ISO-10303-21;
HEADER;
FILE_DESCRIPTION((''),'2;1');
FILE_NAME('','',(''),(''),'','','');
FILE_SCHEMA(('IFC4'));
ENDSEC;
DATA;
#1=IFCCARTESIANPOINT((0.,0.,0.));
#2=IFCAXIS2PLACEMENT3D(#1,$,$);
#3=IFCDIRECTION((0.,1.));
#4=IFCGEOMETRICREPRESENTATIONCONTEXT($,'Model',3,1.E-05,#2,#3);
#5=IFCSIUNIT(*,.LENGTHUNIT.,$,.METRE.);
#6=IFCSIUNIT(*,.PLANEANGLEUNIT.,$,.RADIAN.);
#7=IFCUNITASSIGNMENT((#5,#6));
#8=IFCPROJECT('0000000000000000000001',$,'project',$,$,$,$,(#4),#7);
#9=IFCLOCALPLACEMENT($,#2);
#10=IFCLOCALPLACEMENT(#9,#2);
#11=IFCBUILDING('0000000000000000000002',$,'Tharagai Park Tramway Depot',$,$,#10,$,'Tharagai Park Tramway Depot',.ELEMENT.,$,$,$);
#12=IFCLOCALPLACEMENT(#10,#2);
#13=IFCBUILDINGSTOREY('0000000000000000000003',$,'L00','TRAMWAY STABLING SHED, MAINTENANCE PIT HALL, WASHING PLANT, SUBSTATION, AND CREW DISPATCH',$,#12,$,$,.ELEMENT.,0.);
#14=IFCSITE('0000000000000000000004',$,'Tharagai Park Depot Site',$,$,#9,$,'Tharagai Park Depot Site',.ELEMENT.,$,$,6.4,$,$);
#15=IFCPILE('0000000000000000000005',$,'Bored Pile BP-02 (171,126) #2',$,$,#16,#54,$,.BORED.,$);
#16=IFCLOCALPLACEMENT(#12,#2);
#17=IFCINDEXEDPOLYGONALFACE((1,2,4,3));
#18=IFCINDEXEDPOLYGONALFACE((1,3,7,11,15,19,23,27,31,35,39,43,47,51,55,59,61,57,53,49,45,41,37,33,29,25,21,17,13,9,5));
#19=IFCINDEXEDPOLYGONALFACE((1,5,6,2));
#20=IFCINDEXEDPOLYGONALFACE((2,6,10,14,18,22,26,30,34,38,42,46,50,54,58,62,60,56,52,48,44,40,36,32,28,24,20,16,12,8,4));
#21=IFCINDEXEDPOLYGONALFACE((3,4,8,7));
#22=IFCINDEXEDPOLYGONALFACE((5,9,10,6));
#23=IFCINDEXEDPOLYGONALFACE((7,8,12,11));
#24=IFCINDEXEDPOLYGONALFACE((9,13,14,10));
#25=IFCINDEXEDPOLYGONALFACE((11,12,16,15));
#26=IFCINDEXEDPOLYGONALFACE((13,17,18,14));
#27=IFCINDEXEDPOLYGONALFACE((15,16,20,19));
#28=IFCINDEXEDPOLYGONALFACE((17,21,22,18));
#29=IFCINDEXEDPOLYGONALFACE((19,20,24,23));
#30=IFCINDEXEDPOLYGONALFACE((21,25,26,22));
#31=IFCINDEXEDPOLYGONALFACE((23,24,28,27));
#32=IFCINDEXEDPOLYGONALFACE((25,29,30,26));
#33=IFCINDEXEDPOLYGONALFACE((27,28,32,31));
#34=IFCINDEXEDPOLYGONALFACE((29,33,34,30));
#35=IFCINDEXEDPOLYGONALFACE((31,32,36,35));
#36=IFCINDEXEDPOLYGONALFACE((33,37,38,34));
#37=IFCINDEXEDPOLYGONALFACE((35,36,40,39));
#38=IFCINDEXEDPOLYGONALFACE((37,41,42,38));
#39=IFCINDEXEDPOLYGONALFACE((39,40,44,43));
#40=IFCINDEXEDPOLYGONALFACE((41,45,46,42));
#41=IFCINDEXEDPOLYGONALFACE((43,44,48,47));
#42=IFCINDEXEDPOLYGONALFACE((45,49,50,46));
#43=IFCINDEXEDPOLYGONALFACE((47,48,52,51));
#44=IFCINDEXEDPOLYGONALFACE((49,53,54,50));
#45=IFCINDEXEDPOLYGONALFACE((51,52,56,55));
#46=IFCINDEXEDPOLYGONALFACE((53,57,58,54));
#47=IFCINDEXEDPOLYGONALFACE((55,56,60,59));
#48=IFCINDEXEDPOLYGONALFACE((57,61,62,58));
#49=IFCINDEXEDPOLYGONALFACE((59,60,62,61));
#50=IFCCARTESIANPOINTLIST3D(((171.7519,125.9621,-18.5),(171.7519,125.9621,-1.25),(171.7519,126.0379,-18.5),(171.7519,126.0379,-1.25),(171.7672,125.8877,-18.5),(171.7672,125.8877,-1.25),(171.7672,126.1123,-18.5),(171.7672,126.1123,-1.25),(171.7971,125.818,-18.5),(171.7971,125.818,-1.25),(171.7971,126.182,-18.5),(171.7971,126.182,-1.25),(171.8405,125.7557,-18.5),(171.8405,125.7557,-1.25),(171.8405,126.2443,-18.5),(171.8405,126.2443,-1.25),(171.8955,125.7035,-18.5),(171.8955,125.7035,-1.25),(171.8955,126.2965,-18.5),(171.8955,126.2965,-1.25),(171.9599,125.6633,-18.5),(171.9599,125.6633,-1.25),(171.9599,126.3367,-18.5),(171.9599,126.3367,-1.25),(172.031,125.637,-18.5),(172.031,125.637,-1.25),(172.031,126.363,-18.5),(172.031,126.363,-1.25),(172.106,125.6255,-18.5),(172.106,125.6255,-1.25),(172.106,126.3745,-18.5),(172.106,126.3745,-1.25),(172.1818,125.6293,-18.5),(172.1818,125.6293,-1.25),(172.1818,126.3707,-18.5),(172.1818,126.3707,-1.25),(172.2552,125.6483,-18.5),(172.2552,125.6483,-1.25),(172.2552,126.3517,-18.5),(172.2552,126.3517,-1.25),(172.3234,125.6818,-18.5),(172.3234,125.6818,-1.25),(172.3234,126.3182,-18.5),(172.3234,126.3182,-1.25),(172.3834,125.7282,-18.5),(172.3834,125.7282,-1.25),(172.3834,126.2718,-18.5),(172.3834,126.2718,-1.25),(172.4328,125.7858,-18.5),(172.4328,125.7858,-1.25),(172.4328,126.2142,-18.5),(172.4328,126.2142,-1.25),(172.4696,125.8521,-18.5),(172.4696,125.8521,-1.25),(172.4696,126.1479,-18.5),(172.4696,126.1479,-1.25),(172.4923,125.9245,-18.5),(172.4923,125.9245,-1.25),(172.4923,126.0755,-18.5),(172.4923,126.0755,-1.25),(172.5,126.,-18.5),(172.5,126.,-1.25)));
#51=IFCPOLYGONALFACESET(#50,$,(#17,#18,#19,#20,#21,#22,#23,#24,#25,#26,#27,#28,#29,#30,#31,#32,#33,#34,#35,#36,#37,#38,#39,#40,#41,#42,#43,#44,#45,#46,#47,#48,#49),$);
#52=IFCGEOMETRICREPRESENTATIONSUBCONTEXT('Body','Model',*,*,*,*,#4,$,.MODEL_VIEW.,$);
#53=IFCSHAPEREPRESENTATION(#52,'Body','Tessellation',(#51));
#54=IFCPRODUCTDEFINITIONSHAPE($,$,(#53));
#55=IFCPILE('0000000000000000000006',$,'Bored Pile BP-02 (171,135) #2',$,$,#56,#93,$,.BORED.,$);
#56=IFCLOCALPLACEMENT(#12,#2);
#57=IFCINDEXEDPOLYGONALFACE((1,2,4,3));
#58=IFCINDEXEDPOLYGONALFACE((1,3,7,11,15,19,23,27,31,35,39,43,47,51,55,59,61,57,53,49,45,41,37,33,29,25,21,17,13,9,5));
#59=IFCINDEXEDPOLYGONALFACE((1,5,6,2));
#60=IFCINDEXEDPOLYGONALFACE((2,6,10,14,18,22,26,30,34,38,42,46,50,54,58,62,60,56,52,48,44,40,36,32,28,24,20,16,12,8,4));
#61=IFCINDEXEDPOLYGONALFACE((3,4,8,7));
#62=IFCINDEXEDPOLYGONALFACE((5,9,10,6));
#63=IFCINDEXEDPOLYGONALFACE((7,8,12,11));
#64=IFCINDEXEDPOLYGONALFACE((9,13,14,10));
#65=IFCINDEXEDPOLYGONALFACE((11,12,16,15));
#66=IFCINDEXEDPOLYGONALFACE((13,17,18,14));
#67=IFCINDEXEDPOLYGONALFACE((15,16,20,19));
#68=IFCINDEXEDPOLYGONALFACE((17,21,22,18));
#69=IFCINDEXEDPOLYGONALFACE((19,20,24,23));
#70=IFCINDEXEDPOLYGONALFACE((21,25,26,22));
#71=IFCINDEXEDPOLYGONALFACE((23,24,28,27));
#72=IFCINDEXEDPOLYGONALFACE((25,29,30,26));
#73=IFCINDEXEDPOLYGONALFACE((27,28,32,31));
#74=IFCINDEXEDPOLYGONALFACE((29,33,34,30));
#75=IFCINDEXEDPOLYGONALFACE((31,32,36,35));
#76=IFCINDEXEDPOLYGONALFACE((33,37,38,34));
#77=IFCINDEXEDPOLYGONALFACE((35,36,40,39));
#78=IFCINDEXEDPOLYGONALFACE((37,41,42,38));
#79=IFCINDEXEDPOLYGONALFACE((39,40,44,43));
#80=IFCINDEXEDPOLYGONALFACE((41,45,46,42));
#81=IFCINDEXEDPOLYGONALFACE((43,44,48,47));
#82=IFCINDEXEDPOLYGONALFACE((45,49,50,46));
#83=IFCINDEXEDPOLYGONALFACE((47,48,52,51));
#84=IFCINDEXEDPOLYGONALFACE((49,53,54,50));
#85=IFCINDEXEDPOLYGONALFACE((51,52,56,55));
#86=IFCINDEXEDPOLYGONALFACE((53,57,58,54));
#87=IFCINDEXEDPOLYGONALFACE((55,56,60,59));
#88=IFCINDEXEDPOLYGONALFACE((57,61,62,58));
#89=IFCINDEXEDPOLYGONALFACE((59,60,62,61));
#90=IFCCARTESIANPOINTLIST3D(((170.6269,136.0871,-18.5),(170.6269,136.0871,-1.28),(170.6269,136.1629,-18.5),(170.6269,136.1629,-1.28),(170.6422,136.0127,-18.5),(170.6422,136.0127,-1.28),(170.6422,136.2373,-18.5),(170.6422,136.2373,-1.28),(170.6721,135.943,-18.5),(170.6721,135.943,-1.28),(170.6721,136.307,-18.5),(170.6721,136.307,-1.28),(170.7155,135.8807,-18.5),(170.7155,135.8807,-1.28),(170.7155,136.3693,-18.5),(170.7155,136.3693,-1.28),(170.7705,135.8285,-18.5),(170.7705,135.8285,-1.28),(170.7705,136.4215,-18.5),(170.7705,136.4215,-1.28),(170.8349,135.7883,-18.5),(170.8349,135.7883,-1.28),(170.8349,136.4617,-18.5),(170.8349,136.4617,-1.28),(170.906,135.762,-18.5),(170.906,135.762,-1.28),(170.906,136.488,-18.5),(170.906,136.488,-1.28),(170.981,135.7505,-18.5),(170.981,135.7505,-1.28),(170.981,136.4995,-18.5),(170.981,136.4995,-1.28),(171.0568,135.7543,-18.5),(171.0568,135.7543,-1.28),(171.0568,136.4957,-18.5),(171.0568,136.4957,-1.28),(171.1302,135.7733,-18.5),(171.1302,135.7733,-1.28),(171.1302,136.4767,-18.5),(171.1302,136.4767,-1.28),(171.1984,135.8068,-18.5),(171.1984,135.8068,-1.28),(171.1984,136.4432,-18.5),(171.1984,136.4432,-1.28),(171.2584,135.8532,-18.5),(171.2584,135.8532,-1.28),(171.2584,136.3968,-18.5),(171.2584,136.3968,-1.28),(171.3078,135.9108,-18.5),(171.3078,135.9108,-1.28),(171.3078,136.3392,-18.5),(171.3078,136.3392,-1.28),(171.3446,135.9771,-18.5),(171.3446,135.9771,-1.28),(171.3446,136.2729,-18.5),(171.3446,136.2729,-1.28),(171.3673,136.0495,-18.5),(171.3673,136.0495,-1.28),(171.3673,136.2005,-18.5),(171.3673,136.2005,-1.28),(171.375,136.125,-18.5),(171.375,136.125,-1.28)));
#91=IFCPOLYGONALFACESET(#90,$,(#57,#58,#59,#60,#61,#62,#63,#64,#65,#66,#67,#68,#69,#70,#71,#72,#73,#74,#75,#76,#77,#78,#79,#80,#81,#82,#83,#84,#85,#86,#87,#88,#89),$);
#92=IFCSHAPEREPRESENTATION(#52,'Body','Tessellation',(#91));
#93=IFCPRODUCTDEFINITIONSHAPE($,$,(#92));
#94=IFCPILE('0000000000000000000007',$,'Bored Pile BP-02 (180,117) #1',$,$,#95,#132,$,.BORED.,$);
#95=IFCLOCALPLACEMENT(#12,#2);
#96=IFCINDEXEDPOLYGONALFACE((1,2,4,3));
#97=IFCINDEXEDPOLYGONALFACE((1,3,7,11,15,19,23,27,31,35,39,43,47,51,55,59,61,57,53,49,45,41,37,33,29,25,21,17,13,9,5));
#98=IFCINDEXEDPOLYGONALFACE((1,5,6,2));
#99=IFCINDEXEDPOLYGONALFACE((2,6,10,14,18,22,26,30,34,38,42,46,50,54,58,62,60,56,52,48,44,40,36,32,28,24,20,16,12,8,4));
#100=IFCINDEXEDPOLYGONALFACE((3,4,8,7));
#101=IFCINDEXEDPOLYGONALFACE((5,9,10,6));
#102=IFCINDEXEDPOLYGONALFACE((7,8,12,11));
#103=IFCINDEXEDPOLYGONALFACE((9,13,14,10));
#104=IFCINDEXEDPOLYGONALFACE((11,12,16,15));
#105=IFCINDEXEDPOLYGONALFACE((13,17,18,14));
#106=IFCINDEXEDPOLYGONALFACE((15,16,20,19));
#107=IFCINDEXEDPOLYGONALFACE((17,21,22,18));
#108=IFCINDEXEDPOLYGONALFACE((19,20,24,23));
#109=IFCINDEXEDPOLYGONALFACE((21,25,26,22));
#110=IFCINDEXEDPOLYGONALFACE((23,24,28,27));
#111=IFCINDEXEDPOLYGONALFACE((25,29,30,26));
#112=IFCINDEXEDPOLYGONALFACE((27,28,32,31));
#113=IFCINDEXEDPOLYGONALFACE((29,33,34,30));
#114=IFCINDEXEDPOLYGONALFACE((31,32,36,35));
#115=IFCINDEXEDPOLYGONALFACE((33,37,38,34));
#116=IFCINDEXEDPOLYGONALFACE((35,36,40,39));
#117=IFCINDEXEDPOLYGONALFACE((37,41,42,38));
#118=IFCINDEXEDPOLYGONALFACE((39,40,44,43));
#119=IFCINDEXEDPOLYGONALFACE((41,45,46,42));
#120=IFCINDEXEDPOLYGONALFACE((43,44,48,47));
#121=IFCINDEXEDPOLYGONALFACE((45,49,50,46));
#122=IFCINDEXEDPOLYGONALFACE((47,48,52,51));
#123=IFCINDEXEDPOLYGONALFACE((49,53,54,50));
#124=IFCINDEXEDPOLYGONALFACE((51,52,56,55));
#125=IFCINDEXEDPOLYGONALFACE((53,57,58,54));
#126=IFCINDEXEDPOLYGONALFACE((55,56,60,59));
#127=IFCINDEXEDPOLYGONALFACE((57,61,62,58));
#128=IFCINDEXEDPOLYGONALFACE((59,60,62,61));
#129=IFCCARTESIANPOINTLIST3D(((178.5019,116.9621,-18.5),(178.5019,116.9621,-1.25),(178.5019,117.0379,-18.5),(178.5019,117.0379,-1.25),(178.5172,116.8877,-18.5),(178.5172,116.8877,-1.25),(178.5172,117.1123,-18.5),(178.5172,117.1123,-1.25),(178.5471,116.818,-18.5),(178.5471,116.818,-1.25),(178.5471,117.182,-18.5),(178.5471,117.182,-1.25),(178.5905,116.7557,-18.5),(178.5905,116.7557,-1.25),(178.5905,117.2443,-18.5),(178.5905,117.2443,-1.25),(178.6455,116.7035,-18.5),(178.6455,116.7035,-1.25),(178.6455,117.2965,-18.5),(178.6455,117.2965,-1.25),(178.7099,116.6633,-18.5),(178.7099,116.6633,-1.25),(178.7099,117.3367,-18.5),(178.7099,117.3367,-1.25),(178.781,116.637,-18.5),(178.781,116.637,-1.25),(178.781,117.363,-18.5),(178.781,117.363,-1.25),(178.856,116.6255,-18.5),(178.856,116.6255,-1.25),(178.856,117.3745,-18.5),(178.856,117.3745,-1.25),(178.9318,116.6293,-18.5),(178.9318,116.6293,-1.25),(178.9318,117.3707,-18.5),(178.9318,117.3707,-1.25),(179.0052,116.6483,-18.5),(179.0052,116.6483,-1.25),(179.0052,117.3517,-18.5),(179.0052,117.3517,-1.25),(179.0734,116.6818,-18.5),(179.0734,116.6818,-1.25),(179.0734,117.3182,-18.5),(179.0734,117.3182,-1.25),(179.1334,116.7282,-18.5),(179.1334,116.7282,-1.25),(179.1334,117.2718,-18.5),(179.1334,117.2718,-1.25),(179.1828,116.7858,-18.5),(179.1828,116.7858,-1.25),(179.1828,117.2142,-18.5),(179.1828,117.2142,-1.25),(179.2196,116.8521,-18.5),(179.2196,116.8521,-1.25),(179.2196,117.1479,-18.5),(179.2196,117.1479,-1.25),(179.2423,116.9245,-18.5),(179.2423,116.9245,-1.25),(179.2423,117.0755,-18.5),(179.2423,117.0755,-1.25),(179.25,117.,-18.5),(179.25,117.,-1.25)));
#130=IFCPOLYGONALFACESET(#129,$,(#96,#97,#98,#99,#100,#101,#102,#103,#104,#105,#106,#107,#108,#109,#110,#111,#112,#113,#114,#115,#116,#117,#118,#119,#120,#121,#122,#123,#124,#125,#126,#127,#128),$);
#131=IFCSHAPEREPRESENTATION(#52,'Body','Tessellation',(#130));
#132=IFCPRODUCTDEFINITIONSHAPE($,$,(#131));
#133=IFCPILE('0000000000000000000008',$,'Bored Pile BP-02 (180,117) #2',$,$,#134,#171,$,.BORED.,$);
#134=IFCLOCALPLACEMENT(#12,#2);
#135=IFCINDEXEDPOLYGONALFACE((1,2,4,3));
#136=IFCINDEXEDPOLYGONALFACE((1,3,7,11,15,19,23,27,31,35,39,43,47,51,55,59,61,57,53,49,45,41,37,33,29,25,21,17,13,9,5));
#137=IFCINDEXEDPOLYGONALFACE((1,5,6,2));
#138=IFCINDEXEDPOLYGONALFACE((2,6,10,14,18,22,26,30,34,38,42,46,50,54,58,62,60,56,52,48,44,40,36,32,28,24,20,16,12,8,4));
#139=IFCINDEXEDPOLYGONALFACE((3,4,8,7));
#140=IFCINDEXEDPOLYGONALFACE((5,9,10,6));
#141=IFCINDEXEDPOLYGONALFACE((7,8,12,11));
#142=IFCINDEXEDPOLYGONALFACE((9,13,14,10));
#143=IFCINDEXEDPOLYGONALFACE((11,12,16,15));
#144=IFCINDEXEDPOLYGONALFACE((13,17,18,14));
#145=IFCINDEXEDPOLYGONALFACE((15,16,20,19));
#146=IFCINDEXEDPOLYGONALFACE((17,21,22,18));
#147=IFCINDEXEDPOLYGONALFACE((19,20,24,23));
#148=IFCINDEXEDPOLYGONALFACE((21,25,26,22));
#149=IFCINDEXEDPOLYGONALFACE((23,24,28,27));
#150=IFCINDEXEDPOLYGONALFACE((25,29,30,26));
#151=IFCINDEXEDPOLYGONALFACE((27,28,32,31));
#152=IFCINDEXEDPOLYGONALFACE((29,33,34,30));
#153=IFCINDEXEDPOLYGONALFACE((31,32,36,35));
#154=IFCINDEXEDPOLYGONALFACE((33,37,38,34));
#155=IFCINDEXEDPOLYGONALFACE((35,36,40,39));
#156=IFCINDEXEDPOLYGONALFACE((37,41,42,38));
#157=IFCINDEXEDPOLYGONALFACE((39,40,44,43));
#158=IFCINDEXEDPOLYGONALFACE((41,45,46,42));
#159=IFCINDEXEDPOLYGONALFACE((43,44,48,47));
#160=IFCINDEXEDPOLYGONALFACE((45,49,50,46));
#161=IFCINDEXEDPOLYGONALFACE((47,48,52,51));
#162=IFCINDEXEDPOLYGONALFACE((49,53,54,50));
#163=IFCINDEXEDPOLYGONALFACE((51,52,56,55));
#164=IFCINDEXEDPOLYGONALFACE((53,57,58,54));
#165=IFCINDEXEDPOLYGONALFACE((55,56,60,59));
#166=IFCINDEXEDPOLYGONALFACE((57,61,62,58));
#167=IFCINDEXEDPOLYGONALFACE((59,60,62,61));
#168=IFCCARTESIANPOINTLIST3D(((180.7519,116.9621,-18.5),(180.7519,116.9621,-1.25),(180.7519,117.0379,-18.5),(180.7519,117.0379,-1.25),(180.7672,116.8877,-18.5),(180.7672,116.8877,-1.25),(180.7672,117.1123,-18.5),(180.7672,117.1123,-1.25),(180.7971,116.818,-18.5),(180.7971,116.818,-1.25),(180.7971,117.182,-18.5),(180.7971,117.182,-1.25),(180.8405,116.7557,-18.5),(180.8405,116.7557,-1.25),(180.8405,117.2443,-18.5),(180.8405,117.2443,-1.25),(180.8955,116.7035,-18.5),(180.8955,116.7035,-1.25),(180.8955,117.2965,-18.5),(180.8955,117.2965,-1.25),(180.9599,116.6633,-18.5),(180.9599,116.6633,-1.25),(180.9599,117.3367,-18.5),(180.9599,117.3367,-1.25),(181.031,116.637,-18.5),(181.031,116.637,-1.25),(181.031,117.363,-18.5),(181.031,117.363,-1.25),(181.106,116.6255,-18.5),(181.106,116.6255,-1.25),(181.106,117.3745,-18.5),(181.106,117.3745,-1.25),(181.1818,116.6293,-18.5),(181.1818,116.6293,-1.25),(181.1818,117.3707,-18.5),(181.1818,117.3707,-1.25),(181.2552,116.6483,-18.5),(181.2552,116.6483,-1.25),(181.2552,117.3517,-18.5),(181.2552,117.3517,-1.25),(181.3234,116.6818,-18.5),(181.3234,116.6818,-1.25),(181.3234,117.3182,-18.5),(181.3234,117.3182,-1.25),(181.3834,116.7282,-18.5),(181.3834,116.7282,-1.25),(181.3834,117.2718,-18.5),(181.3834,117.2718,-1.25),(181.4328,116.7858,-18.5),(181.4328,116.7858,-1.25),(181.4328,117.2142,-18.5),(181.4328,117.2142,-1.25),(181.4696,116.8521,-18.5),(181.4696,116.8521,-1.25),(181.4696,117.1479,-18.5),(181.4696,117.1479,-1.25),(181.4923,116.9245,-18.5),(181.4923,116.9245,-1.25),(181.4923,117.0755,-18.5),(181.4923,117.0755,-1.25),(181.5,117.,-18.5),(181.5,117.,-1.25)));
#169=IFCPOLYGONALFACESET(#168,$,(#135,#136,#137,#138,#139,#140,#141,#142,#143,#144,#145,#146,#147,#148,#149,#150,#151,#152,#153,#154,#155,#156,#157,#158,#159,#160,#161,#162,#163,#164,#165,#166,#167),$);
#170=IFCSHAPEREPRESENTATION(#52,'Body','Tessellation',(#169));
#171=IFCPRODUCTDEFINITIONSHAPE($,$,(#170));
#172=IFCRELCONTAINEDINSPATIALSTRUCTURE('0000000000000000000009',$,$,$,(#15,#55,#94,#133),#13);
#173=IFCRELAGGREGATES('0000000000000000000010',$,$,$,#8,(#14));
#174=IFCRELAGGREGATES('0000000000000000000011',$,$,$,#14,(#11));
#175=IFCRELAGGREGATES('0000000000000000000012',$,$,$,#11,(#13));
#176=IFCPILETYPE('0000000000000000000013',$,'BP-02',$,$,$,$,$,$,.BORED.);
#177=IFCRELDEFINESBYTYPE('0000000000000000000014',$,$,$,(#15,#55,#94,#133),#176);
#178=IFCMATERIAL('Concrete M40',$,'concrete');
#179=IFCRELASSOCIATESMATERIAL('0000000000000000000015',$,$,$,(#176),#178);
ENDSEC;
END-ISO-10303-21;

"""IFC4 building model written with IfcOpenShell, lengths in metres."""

from ifc_helpers import new_model, si_unit, direction, frame, origin, origin_2d, place, context, subcontext, project, spatial, circle, extrude, material, material_profile, profile_set, type_object, element, save


model = new_model("IFC4")

# Units and contexts
model_context = context("Model", 3, precision=1e-05, world=origin(), true_north=direction((0.0, 1.0)))
body_context = subcontext(model_context, "Body", "Model", "MODEL_VIEW")
ifc_project = project(units=[si_unit("LENGTHUNIT", "METRE"), si_unit("PLANEANGLEUNIT", "RADIAN")], contexts=[model_context])

# Site, building, storey
site_placement = place(None, origin())
site = spatial("IfcSite", under=ifc_project, at=site_placement, Name="Tharagai Park Depot Site", LongName="Tharagai Park Depot Site", CompositionType="ELEMENT", RefElevation=6.4)
building_placement = place(site_placement, origin())
building = spatial("IfcBuilding", under=site, at=building_placement, Name="Tharagai Park Tramway Depot", LongName="Tharagai Park Tramway Depot", CompositionType="ELEMENT")
storey_placement = place(building_placement, origin())
storey = spatial("IfcBuildingStorey", under=building, at=storey_placement, Name="L00", Description="TRAMWAY STABLING SHED, MAINTENANCE PIT HALL, WASHING PLANT, SUBSTATION, AND CREW DISPATCH", CompositionType="ELEMENT", Elevation=0.0)

# Piles
ifc_material_1 = material(Name="Concrete M40", Category="concrete")
ifc_material_profile_1 = material_profile(ifc_material_1, circle(Radius=0.375, at=origin_2d()), Name="PILE D750")
ifc_profile_set_1 = profile_set([ifc_material_profile_1], Name="Concrete M40")
pile_type = type_object("IfcPileType", Name="BP-02", PredefinedType="BORED", material=ifc_profile_set_1)
pile_1_placement = place(storey_placement, frame((172.125, 126.0, -1.25), z_axis=(0.0, 0.0, -1.0), x_axis=(1.0, 0.0, 0.0)))
element("IfcPile", 1, at=pile_1_placement, inside=storey, type_object=pile_type, Name="Bored Pile BP-02 (171,126) #2", PredefinedType="BORED", context=body_context, shape_type="SweptSolid", body=[
    extrude(circle(Radius=0.375, at=origin_2d()), origin(), (0.0, 0.0, 1.0), 17.25),
])
pile_2_placement = place(storey_placement, frame((171.0, 136.125, -1.28), z_axis=(0.0, 0.0, -1.0), x_axis=(1.0, 0.0, 0.0)))
element("IfcPile", 2, at=pile_2_placement, inside=storey, type_object=pile_type, Name="Bored Pile BP-02 (171,135) #2", PredefinedType="BORED", context=body_context, shape_type="SweptSolid", body=[
    extrude(circle(Radius=0.375, at=origin_2d()), origin(), (0.0, 0.0, 1.0), 17.22),
])
for number, where, z_axis, x_axis, name in (
    (3, (178.875, 117.0, -1.25), (0.0, 0.0, -1.0), (1.0, 0.0, 0.0), "Bored Pile BP-02 (180,117) #1"),
    (4, (181.125, 117.0, -1.25), (0.0, 0.0, -1.0), (1.0, 0.0, 0.0), "Bored Pile BP-02 (180,117) #2"),
):
    element("IfcPile", number, at=place(storey_placement, frame(where, z_axis=z_axis, x_axis=x_axis)), inside=storey, type_object=pile_type, Name=name, PredefinedType="BORED", context=body_context, shape_type="SweptSolid", body=[
        extrude(circle(Radius=0.375, at=origin_2d()), origin(), (0.0, 0.0, 1.0), 17.25),
    ])

save(model, "model.ifc")
